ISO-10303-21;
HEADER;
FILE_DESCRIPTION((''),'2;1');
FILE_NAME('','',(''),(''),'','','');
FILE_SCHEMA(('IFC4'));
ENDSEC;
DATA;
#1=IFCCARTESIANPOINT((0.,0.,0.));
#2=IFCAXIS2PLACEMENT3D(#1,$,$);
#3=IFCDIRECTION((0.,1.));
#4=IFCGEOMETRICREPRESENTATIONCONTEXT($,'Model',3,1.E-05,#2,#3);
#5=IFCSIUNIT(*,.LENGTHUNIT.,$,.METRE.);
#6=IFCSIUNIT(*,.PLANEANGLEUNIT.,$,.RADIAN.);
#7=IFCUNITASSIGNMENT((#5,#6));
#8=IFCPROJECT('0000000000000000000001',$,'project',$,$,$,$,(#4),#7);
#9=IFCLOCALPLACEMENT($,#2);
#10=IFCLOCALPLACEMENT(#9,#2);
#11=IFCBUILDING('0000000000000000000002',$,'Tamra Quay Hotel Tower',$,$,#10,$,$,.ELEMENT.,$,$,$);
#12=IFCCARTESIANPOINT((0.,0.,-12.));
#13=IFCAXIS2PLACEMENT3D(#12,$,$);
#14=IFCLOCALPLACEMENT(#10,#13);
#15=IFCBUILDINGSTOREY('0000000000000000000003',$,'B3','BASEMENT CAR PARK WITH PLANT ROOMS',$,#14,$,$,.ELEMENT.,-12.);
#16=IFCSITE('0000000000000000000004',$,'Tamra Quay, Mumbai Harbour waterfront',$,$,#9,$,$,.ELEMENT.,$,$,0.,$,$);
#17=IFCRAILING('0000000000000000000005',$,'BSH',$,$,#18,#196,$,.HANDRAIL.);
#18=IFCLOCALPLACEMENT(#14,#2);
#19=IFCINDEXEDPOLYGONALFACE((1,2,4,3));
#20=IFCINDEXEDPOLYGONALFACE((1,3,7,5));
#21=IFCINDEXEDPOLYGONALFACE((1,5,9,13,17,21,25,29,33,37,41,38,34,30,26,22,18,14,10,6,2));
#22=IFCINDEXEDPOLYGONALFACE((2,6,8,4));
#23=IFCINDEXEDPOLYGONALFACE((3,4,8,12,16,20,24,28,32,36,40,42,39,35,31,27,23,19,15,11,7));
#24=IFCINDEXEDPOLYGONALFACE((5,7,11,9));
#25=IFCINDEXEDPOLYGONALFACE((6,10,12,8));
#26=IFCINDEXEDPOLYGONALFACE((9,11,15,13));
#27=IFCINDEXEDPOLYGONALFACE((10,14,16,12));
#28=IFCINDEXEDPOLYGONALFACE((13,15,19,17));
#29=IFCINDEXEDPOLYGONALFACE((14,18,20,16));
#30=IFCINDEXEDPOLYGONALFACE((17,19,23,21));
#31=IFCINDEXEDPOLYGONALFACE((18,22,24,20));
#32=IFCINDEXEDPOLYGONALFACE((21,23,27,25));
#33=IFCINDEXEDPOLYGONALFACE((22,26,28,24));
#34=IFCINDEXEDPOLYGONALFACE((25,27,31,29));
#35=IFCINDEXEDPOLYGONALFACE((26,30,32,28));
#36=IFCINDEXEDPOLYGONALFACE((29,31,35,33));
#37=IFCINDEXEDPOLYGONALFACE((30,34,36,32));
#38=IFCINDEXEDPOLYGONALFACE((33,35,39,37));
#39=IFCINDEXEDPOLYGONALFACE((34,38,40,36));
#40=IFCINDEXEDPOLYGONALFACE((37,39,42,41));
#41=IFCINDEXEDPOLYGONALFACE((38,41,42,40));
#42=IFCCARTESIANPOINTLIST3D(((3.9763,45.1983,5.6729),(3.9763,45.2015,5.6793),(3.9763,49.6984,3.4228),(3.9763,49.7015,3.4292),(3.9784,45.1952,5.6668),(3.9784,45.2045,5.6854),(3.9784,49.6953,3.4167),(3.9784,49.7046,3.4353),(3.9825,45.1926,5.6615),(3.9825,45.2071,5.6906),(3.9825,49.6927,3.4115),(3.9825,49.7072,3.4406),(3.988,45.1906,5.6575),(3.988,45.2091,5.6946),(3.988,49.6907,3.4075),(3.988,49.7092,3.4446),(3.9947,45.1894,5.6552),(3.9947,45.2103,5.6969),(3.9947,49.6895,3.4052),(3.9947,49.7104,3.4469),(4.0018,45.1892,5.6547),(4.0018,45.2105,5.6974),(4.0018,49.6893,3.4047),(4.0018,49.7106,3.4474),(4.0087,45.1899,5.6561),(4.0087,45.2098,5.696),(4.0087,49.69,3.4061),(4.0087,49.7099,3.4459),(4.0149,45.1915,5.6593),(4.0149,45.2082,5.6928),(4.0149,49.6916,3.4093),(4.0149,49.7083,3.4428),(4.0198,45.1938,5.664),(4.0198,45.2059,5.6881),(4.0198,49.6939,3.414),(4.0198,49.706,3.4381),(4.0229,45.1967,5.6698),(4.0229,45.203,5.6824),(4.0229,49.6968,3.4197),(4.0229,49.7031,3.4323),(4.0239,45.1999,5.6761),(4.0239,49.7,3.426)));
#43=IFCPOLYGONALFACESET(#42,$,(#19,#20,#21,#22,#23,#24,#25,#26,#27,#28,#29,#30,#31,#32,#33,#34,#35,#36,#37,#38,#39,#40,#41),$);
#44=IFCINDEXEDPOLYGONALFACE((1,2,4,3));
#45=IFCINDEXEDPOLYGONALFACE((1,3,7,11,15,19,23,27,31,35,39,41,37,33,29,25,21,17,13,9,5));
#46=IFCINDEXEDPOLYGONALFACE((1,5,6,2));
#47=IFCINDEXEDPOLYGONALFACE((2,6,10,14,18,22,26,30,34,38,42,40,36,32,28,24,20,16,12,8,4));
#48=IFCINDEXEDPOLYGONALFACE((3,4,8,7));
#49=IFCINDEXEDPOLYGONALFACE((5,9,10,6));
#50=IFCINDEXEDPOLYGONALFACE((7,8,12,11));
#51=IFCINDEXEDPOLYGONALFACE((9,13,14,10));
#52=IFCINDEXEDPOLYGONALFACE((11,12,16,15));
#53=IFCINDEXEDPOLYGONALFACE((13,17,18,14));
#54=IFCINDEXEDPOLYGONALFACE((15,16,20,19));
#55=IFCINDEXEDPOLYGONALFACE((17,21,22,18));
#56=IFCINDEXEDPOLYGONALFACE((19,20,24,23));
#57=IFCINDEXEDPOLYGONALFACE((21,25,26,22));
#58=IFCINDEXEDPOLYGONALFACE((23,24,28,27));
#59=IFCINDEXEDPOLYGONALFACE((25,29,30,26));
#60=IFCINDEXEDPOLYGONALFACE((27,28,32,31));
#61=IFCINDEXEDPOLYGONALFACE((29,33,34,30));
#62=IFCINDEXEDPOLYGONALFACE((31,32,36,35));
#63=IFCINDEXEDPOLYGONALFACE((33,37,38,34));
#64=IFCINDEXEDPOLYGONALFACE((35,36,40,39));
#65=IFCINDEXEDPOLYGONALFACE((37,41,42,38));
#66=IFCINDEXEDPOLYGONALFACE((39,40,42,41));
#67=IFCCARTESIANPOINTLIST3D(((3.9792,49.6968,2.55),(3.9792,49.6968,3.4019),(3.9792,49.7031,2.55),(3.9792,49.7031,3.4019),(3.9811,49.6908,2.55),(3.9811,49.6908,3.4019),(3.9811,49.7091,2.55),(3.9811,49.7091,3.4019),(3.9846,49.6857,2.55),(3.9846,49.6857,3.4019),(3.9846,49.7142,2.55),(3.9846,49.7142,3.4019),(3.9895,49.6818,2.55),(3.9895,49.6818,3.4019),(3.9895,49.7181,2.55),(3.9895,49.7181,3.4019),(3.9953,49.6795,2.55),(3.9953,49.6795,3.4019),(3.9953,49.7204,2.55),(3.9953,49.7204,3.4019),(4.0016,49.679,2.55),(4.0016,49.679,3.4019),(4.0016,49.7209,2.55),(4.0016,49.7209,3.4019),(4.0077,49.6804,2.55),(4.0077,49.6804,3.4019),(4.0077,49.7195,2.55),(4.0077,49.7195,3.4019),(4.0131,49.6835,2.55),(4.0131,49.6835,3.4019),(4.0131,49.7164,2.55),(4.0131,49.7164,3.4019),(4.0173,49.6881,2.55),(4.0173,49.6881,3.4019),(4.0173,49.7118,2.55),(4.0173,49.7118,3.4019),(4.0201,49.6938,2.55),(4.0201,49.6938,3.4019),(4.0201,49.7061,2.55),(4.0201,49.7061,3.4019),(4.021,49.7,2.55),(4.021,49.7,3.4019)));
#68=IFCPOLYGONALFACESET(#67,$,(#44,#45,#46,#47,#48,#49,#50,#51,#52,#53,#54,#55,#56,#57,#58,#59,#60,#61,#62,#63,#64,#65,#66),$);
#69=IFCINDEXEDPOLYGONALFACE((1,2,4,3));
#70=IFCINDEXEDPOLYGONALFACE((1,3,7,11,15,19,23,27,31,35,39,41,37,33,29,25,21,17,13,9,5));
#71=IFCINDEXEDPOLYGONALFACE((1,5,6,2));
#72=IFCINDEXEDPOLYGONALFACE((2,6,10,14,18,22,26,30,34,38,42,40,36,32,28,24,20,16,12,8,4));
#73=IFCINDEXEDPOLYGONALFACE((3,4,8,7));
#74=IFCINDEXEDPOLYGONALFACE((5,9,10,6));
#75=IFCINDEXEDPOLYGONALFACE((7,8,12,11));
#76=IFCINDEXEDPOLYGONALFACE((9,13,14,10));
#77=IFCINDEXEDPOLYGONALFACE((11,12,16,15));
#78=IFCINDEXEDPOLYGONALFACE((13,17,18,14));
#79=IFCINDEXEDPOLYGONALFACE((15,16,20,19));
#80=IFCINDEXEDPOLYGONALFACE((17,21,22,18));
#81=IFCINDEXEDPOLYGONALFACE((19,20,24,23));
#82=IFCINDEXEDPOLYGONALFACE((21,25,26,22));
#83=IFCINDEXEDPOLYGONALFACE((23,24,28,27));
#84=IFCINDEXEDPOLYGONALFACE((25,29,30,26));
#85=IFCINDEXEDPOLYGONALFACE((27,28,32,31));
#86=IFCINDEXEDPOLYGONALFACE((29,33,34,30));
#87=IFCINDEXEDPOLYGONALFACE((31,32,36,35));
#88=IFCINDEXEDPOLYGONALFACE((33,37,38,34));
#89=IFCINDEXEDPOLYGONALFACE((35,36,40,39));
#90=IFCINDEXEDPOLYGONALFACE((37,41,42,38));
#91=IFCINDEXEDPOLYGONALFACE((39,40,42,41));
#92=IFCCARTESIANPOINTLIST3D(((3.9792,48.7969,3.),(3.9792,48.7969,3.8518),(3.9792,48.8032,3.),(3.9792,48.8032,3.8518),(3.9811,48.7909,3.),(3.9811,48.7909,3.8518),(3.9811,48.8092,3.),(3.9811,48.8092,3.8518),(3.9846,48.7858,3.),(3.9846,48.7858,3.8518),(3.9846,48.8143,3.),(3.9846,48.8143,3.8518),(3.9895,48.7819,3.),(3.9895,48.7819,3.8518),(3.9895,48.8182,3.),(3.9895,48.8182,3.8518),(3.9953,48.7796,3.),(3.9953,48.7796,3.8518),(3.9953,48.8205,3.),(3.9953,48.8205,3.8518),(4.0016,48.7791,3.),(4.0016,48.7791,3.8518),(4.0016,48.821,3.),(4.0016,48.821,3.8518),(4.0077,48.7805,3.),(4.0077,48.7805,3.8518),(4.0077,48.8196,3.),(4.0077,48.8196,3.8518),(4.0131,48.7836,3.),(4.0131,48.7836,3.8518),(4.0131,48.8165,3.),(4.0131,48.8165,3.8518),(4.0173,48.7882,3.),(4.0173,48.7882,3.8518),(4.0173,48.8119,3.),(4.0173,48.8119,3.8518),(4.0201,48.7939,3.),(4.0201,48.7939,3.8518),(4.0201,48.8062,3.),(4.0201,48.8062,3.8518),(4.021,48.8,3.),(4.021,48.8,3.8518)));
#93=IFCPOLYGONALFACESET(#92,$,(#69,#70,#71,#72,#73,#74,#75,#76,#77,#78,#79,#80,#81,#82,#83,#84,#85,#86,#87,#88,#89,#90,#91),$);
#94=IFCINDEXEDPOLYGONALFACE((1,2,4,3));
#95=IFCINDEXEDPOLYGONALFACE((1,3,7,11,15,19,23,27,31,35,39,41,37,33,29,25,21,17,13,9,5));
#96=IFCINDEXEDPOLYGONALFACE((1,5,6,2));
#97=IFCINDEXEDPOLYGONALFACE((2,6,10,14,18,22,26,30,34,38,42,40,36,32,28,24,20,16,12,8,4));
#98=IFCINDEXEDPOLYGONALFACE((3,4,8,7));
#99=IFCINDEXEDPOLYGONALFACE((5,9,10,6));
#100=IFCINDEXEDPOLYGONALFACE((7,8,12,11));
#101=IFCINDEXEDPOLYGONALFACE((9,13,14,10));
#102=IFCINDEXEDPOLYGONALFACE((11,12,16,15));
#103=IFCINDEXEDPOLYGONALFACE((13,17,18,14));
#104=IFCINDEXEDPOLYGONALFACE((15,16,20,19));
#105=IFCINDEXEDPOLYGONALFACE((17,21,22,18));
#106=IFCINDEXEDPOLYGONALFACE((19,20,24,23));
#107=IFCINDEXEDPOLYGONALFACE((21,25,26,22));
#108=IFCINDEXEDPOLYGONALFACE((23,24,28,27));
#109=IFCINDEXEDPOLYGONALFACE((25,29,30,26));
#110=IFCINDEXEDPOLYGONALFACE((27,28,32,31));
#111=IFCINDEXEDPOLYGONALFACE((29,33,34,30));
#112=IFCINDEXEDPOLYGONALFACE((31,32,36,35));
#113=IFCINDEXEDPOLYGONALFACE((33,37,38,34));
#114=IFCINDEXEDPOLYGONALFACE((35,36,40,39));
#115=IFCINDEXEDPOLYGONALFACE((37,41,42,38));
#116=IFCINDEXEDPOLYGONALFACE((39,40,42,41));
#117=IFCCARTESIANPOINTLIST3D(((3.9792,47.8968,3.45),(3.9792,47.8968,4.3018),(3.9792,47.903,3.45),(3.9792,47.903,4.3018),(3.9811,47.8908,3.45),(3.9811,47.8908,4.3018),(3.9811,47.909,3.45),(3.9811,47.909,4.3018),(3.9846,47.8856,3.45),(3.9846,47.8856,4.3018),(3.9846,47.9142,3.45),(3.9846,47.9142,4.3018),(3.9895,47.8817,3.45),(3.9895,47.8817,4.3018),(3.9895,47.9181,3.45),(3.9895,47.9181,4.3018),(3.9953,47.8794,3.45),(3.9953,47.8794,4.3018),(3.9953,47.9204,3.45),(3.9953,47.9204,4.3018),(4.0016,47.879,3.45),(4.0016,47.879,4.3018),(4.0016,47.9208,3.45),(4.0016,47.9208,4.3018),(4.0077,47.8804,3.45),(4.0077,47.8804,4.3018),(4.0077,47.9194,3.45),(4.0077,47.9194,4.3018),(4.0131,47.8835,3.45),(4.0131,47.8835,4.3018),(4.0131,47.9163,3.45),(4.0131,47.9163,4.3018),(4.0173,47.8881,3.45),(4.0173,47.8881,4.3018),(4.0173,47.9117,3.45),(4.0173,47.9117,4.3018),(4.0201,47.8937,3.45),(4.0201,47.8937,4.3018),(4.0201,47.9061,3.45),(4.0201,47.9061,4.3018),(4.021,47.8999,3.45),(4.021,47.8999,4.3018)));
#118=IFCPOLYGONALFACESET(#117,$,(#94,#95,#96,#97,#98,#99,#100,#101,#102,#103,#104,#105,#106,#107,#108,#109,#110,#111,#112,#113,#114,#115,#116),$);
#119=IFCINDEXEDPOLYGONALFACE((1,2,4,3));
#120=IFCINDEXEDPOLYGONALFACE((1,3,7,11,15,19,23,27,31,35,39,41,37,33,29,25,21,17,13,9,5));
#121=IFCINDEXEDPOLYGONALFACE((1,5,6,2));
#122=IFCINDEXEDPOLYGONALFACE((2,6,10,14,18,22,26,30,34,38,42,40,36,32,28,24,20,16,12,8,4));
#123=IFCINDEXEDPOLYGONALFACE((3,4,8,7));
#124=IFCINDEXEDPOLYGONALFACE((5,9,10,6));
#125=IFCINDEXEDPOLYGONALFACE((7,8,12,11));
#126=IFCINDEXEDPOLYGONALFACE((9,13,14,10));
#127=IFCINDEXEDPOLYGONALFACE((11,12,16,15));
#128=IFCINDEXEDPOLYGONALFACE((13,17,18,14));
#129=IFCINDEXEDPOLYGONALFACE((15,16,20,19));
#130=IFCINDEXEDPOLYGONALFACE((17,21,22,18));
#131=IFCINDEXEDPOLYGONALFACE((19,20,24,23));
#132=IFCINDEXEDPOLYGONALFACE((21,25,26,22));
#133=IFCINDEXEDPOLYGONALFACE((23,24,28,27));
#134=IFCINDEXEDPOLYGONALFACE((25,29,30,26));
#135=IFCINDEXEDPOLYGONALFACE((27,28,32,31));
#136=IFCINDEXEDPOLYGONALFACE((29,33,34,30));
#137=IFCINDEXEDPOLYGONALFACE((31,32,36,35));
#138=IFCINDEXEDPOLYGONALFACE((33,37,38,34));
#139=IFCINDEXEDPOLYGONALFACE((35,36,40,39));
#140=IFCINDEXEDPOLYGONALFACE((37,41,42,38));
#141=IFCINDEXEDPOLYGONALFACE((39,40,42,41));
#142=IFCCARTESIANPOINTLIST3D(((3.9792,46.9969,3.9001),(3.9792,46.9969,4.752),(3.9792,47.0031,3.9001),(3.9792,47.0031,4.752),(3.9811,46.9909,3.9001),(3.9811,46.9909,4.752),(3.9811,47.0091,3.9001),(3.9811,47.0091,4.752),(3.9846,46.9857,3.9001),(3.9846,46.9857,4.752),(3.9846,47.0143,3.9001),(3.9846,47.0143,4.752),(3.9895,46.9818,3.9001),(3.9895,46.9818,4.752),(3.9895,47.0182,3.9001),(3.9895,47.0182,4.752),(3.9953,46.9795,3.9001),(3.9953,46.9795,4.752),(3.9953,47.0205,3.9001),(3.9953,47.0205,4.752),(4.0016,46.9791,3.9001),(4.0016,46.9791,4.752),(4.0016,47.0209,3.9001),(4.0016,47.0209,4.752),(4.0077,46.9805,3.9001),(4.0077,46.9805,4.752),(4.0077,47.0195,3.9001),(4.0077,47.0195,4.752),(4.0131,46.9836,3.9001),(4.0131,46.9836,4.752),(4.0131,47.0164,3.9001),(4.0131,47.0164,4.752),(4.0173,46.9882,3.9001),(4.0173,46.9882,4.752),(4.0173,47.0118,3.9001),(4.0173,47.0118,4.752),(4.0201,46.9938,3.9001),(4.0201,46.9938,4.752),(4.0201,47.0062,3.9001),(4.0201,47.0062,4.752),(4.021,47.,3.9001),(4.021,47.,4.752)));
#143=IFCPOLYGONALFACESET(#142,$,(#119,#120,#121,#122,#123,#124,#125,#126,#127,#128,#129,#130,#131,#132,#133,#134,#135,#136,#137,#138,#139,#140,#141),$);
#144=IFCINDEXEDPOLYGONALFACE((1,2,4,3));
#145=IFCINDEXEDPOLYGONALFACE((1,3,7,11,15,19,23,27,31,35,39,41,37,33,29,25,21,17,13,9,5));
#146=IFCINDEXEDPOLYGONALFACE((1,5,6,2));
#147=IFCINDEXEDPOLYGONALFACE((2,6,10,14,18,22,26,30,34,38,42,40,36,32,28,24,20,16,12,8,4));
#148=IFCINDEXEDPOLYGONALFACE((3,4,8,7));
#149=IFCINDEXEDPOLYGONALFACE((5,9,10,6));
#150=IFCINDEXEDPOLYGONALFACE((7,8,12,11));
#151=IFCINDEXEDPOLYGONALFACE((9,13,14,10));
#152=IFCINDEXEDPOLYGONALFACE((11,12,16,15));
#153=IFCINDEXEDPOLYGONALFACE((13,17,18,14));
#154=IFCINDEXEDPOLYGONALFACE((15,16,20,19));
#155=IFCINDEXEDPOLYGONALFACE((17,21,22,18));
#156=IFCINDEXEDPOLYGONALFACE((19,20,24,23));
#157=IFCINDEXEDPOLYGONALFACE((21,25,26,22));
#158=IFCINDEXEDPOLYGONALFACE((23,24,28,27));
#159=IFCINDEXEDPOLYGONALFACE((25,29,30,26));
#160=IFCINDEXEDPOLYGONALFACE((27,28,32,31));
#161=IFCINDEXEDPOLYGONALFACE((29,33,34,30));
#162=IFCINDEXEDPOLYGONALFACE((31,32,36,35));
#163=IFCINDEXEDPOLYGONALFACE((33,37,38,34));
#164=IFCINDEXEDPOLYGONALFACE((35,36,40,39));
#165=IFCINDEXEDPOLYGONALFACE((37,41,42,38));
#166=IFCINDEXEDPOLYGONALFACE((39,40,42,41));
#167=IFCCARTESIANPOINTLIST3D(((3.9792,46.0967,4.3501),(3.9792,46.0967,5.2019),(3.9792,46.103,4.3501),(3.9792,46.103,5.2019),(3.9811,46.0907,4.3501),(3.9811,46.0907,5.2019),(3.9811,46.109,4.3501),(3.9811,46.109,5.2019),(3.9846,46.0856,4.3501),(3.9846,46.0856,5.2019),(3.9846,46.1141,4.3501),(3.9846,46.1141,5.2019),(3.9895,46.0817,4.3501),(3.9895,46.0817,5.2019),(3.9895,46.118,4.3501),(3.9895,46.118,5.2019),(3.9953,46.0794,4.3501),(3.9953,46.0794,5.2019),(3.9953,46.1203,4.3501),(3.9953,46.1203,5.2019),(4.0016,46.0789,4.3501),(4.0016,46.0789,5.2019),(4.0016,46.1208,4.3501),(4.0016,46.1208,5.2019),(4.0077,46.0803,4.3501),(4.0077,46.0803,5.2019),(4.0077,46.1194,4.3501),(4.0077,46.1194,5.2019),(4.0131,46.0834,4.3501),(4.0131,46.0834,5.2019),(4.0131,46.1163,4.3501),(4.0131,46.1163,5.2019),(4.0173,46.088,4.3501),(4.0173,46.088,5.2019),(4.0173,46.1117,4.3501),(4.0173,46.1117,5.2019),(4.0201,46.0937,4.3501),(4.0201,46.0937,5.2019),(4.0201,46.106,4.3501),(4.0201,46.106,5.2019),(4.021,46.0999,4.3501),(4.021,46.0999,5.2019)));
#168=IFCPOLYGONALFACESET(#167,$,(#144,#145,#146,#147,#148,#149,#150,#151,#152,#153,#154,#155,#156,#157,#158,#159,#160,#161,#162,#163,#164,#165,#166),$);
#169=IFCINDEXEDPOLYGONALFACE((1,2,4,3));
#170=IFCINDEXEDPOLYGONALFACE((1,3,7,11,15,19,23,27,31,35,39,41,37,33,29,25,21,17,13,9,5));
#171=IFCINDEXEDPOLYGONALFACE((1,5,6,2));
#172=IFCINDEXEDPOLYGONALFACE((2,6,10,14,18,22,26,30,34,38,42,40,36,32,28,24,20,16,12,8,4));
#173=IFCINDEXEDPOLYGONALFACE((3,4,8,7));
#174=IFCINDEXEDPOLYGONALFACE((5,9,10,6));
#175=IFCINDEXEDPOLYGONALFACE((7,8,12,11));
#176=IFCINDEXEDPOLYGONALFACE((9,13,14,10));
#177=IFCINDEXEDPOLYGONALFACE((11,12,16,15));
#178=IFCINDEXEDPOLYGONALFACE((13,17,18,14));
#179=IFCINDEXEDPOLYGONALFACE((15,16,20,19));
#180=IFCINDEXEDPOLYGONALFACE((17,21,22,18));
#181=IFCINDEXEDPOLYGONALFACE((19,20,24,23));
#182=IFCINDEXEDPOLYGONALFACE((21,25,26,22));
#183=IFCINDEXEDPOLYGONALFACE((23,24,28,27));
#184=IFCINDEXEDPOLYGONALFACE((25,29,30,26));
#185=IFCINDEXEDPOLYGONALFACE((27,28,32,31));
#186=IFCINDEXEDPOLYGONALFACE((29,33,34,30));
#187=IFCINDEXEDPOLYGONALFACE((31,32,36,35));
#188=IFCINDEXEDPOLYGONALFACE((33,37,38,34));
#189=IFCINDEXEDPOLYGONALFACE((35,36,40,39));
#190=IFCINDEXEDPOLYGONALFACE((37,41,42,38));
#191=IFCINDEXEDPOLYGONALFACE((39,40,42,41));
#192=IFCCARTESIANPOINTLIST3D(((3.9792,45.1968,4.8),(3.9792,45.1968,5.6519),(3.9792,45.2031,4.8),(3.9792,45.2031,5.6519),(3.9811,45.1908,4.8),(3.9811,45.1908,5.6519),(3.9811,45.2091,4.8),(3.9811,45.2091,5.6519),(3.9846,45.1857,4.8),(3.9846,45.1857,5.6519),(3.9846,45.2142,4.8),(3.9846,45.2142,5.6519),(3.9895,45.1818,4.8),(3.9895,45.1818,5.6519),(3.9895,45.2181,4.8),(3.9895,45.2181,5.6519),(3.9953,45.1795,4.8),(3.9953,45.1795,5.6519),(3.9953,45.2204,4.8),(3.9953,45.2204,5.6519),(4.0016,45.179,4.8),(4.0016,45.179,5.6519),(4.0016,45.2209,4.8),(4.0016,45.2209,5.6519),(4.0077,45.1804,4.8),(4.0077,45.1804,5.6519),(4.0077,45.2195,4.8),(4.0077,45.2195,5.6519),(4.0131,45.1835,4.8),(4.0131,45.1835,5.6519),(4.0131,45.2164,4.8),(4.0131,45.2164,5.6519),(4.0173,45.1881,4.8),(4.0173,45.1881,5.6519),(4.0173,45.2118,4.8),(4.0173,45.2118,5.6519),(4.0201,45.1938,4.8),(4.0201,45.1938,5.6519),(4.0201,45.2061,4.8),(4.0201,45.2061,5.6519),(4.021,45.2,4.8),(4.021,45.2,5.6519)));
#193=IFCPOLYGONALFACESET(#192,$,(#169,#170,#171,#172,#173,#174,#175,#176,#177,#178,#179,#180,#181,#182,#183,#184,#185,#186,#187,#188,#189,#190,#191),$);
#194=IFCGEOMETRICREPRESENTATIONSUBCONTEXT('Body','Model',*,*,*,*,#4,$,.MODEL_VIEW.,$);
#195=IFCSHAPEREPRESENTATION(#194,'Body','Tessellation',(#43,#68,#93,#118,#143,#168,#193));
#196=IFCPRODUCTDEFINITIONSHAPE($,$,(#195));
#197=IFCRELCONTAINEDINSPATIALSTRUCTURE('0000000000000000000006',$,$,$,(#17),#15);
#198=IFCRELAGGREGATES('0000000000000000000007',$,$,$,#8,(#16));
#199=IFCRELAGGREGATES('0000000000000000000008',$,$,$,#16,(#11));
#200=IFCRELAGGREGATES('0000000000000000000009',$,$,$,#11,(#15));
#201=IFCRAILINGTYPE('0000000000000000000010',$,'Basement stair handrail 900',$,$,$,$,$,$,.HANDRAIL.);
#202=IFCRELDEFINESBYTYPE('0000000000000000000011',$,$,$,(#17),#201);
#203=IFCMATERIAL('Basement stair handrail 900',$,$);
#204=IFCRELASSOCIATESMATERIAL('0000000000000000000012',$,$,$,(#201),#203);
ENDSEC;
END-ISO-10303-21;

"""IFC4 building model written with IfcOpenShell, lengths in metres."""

from ifc_helpers import new_model, si_unit, direction, frame, origin, origin_2d, place, context, subcontext, project, spatial, circle, extrude, material, type_object, element, save


model = new_model("IFC4")

# Units and contexts
model_context = context("Model", 3, precision=1e-05, world=origin(), true_north=direction((0.0, 1.0)))
body_context = subcontext(model_context, "Body", "Model", "MODEL_VIEW")
ifc_project = project(units=[si_unit("LENGTHUNIT", "METRE"), si_unit("PLANEANGLEUNIT", "RADIAN")], contexts=[model_context])

# Site, building, storey
site_placement = place(None, origin())
site = spatial("IfcSite", under=ifc_project, at=site_placement, Name="Tamra Quay, Mumbai Harbour waterfront", CompositionType="ELEMENT", RefElevation=0.0)
building_placement = place(site_placement, origin())
building = spatial("IfcBuilding", under=site, at=building_placement, Name="Tamra Quay Hotel Tower", CompositionType="ELEMENT")
storey_placement = place(building_placement, frame((0.0, 0.0, -12.0)))
storey = spatial("IfcBuildingStorey", under=building, at=storey_placement, Name="B3", Description="BASEMENT CAR PARK WITH PLANT ROOMS", CompositionType="ELEMENT", Elevation=-12.0)

# Railing
ifc_material_1 = material(Name="Basement stair handrail 900")
railing_type = type_object("IfcRailingType", Name="Basement stair handrail 900", PredefinedType="HANDRAIL", material=ifc_material_1)
railing_placement = place(storey_placement, frame((4.0, 49.7, 2.55)))
element("IfcRailing", 1, at=railing_placement, inside=storey, type_object=railing_type, Name="BSH", PredefinedType="HANDRAIL", context=body_context, shape_type="SweptSolid", body=[
    extrude(circle(Radius=0.0239, at=origin_2d()), frame((0.0, 0.0, 0.876), z_axis=(0.0, -0.894427, 0.447214), x_axis=(1.0, 0.0, 0.0)), (0.0, 0.0, 1.0), 5.0312),
    extrude(circle(Radius=0.021, at=origin_2d()), origin(), (0.0, 0.0, 1.0), 0.8518),
    extrude(circle(Radius=0.021, at=origin_2d()), frame((0.0, -0.8999, 0.45)), (0.0, 0.0, 1.0), 0.8518),
    extrude(circle(Radius=0.021, at=origin_2d()), frame((0.0, -1.8, 0.8999)), (0.0, 0.0, 1.0), 0.8518),
    extrude(circle(Radius=0.021, at=origin_2d()), frame((0.0, -2.7, 1.3501)), (0.0, 0.0, 1.0), 0.8518),
    extrude(circle(Radius=0.021, at=origin_2d()), frame((0.0, -3.6001, 1.8)), (0.0, 0.0, 1.0), 0.8518),
    extrude(circle(Radius=0.021, at=origin_2d()), frame((0.0, -4.5, 2.25)), (0.0, 0.0, 1.0), 0.8518),
])

save(model, "model.ifc")
